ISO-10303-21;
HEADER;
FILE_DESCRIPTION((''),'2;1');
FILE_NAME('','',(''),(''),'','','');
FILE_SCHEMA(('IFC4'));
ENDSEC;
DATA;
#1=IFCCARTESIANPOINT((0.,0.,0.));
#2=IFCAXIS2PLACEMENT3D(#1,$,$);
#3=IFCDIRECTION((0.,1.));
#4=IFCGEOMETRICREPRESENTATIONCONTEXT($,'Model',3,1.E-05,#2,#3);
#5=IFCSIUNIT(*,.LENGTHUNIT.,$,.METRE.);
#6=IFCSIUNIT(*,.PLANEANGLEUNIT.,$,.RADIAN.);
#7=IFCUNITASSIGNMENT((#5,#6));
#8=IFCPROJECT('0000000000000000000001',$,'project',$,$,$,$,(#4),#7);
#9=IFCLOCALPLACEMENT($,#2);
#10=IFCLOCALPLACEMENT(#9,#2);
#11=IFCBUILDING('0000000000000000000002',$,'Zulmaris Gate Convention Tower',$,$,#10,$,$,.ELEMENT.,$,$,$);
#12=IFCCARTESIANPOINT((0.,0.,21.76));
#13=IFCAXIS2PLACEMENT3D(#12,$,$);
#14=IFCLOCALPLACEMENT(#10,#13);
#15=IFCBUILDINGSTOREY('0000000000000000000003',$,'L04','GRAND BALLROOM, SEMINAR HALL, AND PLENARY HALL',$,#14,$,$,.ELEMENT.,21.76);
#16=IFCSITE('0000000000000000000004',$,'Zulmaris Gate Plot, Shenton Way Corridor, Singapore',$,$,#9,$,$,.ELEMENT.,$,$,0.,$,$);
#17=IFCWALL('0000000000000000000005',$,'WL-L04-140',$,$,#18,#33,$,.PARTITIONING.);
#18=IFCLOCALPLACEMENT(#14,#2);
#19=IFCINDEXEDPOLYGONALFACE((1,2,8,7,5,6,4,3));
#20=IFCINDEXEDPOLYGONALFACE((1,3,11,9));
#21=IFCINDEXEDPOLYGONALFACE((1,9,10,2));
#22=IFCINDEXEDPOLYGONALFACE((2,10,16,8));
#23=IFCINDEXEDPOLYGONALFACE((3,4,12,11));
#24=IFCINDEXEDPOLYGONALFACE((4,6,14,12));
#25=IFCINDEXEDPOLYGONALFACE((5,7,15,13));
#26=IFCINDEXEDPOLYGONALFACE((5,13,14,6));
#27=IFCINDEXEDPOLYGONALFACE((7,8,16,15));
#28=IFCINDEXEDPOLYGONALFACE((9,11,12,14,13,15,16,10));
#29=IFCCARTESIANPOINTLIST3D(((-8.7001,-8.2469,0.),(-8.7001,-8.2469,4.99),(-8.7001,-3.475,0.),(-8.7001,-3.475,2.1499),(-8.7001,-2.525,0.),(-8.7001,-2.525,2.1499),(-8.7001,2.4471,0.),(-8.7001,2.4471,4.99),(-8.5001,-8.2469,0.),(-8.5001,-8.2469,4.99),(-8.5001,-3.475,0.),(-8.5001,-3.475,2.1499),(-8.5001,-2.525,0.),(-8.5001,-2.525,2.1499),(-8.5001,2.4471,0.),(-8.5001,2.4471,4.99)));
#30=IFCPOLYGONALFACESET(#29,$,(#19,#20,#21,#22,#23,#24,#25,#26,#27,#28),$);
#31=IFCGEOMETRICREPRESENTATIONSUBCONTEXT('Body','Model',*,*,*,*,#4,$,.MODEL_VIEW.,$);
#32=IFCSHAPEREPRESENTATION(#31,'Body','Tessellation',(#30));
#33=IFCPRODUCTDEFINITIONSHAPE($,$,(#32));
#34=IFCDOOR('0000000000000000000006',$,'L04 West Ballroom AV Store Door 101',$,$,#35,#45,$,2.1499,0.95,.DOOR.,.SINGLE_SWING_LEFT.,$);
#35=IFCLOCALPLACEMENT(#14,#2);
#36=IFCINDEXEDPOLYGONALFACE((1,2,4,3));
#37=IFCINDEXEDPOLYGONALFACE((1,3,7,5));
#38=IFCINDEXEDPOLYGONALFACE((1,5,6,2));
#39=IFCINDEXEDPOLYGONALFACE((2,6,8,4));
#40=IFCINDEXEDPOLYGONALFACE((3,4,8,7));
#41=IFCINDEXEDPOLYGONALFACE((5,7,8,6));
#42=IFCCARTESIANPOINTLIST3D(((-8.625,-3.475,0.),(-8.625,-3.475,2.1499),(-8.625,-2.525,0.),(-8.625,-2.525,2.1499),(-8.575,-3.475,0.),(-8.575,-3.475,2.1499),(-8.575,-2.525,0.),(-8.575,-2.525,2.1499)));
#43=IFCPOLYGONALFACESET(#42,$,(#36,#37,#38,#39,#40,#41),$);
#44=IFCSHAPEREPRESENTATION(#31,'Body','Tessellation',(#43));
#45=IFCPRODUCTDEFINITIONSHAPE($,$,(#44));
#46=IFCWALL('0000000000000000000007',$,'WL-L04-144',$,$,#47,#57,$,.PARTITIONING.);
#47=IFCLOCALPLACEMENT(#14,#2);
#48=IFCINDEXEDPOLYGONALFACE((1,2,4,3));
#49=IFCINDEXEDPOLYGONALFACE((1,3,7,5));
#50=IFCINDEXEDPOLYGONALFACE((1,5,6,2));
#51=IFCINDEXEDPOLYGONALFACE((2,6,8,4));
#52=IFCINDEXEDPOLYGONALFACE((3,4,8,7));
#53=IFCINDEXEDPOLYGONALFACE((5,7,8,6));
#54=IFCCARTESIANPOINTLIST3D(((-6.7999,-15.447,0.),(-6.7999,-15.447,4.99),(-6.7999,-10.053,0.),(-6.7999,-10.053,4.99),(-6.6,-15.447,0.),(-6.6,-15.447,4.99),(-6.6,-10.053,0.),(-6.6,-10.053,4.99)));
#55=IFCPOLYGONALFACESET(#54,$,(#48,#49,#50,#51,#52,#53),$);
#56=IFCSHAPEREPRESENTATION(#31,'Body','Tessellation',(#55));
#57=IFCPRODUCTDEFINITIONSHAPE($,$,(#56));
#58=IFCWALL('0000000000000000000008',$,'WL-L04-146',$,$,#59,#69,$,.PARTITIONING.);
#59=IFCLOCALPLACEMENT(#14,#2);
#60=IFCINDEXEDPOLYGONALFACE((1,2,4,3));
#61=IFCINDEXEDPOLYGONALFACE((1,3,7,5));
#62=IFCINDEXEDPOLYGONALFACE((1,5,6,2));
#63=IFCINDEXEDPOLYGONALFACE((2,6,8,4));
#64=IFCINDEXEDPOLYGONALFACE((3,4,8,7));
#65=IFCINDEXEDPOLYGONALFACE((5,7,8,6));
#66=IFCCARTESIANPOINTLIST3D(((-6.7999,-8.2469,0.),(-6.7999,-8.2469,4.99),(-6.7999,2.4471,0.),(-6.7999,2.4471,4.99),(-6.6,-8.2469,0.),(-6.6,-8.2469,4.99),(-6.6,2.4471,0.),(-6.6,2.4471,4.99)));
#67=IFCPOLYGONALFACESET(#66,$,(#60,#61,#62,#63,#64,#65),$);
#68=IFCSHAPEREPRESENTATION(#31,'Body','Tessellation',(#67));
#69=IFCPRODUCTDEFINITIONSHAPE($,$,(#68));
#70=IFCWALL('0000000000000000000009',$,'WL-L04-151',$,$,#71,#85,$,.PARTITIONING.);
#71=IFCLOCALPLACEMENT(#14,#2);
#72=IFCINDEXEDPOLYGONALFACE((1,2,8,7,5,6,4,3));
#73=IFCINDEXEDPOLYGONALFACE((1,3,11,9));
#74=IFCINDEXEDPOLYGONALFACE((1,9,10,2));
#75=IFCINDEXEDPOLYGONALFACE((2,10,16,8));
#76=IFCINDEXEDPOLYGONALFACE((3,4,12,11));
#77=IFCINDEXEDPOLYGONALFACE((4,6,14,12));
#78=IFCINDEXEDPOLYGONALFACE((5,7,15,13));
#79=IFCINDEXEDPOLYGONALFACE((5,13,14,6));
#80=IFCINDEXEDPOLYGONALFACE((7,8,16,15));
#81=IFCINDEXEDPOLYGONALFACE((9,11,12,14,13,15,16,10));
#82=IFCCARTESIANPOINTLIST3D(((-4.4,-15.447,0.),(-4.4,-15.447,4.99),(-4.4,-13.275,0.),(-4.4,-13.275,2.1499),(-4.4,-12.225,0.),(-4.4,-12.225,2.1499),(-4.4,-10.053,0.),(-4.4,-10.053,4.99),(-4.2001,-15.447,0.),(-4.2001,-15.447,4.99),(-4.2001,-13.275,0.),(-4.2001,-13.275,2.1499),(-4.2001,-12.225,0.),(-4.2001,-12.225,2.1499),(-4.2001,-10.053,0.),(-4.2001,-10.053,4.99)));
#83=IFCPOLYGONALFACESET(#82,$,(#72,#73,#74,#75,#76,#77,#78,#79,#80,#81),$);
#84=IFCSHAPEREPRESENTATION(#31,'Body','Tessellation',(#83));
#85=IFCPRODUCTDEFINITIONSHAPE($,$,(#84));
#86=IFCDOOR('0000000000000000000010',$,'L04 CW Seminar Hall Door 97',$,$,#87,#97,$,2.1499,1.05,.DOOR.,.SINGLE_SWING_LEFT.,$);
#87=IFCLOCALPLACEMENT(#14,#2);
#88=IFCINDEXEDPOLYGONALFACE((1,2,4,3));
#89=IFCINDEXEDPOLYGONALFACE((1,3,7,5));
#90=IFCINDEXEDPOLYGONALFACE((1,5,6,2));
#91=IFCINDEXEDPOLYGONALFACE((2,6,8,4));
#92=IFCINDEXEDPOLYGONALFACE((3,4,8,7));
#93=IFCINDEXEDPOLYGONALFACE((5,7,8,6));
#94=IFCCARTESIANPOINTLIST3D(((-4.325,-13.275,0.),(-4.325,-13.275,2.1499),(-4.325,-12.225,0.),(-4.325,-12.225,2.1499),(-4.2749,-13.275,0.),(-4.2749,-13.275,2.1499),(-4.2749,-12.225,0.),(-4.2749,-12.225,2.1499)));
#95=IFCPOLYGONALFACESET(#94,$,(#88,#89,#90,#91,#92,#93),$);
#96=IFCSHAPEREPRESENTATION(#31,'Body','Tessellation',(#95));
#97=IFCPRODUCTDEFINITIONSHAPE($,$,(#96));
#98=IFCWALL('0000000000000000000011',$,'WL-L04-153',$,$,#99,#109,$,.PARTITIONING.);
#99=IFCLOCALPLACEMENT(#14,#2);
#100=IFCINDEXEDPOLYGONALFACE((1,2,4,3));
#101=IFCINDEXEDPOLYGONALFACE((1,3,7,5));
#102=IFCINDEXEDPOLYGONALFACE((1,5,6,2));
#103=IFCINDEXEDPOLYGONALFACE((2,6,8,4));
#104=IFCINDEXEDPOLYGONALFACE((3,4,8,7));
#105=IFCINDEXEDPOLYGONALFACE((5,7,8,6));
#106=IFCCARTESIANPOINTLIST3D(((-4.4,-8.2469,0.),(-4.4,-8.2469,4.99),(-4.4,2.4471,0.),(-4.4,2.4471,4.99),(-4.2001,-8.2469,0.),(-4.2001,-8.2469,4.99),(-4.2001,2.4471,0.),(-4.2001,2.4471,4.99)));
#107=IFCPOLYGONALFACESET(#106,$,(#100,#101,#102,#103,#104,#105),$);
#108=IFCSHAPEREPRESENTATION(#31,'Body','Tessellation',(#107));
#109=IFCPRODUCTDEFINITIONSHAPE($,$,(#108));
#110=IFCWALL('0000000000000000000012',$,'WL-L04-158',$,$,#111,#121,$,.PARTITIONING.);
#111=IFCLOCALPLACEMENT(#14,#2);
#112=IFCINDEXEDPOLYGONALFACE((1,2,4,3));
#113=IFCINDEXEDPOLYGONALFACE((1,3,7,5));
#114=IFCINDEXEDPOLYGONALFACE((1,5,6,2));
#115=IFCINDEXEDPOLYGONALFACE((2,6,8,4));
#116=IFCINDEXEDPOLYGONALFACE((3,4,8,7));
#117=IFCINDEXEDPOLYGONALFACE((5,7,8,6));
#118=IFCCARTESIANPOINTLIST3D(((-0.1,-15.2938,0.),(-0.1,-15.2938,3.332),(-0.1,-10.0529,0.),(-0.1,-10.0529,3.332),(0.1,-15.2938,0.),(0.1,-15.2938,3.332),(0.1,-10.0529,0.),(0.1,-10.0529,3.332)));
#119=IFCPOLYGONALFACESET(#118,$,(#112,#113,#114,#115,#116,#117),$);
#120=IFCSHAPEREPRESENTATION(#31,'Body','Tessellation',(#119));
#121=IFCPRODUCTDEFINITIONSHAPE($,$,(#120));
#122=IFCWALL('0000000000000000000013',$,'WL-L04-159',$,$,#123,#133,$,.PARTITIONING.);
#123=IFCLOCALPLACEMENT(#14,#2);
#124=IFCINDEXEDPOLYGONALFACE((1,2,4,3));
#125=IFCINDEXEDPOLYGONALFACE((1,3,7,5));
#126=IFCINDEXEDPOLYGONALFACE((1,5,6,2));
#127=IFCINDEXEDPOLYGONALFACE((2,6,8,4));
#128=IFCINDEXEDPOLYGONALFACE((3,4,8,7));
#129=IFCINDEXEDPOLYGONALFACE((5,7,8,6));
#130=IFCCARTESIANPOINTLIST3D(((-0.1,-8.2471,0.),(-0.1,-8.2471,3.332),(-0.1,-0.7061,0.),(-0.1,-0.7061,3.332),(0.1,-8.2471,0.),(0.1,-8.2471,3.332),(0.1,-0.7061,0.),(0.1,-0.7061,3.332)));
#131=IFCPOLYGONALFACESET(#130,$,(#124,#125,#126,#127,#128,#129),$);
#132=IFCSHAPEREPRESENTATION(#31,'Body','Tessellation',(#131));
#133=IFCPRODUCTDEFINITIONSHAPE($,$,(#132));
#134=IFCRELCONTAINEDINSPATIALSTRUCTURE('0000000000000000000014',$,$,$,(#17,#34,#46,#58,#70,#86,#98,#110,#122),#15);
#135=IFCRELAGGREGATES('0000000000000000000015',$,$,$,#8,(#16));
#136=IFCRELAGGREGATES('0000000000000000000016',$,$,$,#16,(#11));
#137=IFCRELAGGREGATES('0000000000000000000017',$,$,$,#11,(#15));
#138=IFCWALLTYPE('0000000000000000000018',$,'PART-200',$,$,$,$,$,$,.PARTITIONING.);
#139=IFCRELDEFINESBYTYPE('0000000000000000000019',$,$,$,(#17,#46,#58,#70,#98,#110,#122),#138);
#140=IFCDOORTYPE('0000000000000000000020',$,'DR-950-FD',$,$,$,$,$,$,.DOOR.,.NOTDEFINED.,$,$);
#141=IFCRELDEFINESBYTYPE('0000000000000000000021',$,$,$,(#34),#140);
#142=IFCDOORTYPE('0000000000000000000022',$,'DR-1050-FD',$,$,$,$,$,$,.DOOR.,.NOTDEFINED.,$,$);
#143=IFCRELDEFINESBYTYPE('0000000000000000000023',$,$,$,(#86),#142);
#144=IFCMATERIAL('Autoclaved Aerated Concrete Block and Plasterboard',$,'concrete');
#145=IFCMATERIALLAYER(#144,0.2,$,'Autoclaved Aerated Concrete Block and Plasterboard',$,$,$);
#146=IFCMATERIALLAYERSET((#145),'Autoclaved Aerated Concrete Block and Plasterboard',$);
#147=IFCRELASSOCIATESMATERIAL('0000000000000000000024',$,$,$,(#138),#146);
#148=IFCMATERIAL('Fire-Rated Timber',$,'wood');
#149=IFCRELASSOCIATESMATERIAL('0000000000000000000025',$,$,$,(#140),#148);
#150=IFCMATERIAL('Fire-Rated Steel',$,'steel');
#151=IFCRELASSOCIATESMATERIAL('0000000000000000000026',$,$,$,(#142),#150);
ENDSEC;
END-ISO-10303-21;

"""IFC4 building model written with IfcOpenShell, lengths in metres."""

from ifc_helpers import new_model, si_unit, direction, frame, frame_2d, origin, place, context, subcontext, project, spatial, rectangle, extrude, material, layer, layer_set, type_object, element, fill, save


model = new_model("IFC4")

# Units and contexts
model_context = context("Model", 3, precision=1e-05, world=origin(), true_north=direction((0.0, 1.0)))
body_context = subcontext(model_context, "Body", "Model", "MODEL_VIEW")
ifc_project = project(units=[si_unit("LENGTHUNIT", "METRE"), si_unit("PLANEANGLEUNIT", "RADIAN")], contexts=[model_context])

# Site, building, storey
site_placement = place(None, origin())
site = spatial("IfcSite", under=ifc_project, at=site_placement, Name="Zulmaris Gate Plot, Shenton Way Corridor, Singapore", CompositionType="ELEMENT", RefElevation=0.0)
building_placement = place(site_placement, origin())
building = spatial("IfcBuilding", under=site, at=building_placement, Name="Zulmaris Gate Convention Tower", CompositionType="ELEMENT")
storey_placement = place(building_placement, frame((0.0, 0.0, 21.76)))
storey = spatial("IfcBuildingStorey", under=building, at=storey_placement, Name="L04", Description="GRAND BALLROOM, SEMINAR HALL, AND PLENARY HALL", CompositionType="ELEMENT", Elevation=21.76)

# Shared definitions
ifc_material_1 = material(Name="Autoclaved Aerated Concrete Block and Plasterboard", Category="concrete")
ifc_layer_1 = layer(ifc_material_1, 0.2, Name="Autoclaved Aerated Concrete Block and Plasterboard")
ifc_layer_set_1 = layer_set([ifc_layer_1], Name="Autoclaved Aerated Concrete Block and Plasterboard")
wall_type_1 = type_object("IfcWallType", Name="PART-200", PredefinedType="PARTITIONING", material=ifc_layer_set_1)
ifc_material_2 = material(Name="Fire-Rated Steel", Category="steel")

# Wall, opening, door
wall_1_placement = place(storey_placement, frame((-8.6001, -8.2471, 0.0), z_axis=(0.0, 0.0, 1.0), x_axis=(0.0, 1.0, 0.0)))
wall_1 = element("IfcWall", 1, at=wall_1_placement, inside=storey, type_object=wall_type_1, Name="WL-L04-140", PredefinedType="PARTITIONING", context=body_context, shape_type="SweptSolid", body=[
    extrude(rectangle(XDim=10.6941, YDim=0.2, at=frame_2d((5.3472, 0.0))), origin(), (0.0, 0.0, 1.0), 4.99),
])
opening_1_placement = place(wall_1_placement, frame((4.772, 0.0, 0.0)))
opening_1 = element("IfcOpeningElement", 2, at=opening_1_placement, cuts=wall_1, PredefinedType="OPENING", context=body_context, shape_type="SweptSolid", body=[
    extrude(rectangle(XDim=0.95, YDim=2.1499, at=frame_2d((0.4751, 1.075))), frame((0.0, 0.1099, 0.0), z_axis=(0.0, -1.0, 0.0), x_axis=(1.0, 0.0, 0.0)), (0.0, 0.0, 1.0), 0.22),
])
ifc_material_3 = material(Name="Fire-Rated Timber", Category="wood")
door_type_1 = type_object("IfcDoorType", Name="DR-950-FD", OperationType="NOTDEFINED", PredefinedType="DOOR", material=ifc_material_3)
door_1_placement = place(opening_1_placement, origin())
door_1 = element("IfcDoor", 3, at=door_1_placement, inside=storey, type_object=door_type_1, Name="L04 West Ballroom AV Store Door 101", OperationType="SINGLE_SWING_LEFT", OverallHeight=2.1499, OverallWidth=0.95, PredefinedType="DOOR", context=body_context, shape_type="SweptSolid", body=[
    extrude(rectangle(XDim=0.95, YDim=2.1499, at=frame_2d((0.4751, 1.075))), frame((0.0, 0.0249, 0.0), z_axis=(0.0, -1.0, 0.0), x_axis=(1.0, 0.0, 0.0)), (0.0, 0.0, 1.0), 0.05),
])
fill(opening_1, door_1)

# Wall
wall_2_placement = place(storey_placement, frame((-6.7, -15.447, 0.0), z_axis=(0.0, 0.0, 1.0), x_axis=(0.0, 1.0, 0.0)))
element("IfcWall", 4, at=wall_2_placement, inside=storey, type_object=wall_type_1, Name="WL-L04-144", PredefinedType="PARTITIONING", context=body_context, shape_type="SweptSolid", body=[
    extrude(rectangle(XDim=5.394, YDim=0.2, at=frame_2d((2.697, 0.0))), origin(), (0.0, 0.0, 1.0), 4.99),
])

# Wall
wall_3_placement = place(storey_placement, frame((-6.7, -8.2471, 0.0), z_axis=(0.0, 0.0, 1.0), x_axis=(0.0, 1.0, 0.0)))
element("IfcWall", 5, at=wall_3_placement, inside=storey, type_object=wall_type_1, Name="WL-L04-146", PredefinedType="PARTITIONING", context=body_context, shape_type="SweptSolid", body=[
    extrude(rectangle(XDim=10.6941, YDim=0.2, at=frame_2d((5.3472, 0.0))), origin(), (0.0, 0.0, 1.0), 4.99),
])

# Wall, opening, door
wall_4_placement = place(storey_placement, frame((-4.3, -15.447, 0.0), z_axis=(0.0, 0.0, 1.0), x_axis=(0.0, 1.0, 0.0)))
wall_4 = element("IfcWall", 6, at=wall_4_placement, inside=storey, type_object=wall_type_1, Name="WL-L04-151", PredefinedType="PARTITIONING", context=body_context, shape_type="SweptSolid", body=[
    extrude(rectangle(XDim=5.394, YDim=0.2, at=frame_2d((2.697, 0.0))), origin(), (0.0, 0.0, 1.0), 4.99),
])
opening_2_placement = place(wall_4_placement, frame((2.1721, 0.0, 0.0)))
opening_2 = element("IfcOpeningElement", 7, at=opening_2_placement, cuts=wall_4, PredefinedType="OPENING", context=body_context, shape_type="SweptSolid", body=[
    extrude(rectangle(XDim=1.05, YDim=2.1499, at=frame_2d((0.5249, 1.075))), frame((0.0, 0.1099, 0.0), z_axis=(0.0, -1.0, 0.0), x_axis=(1.0, 0.0, 0.0)), (0.0, 0.0, 1.0), 0.22),
])
door_type_2 = type_object("IfcDoorType", Name="DR-1050-FD", OperationType="NOTDEFINED", PredefinedType="DOOR", material=ifc_material_2)
door_2_placement = place(opening_2_placement, origin())
door_2 = element("IfcDoor", 8, at=door_2_placement, inside=storey, type_object=door_type_2, Name="L04 CW Seminar Hall Door 97", OperationType="SINGLE_SWING_LEFT", OverallHeight=2.1499, OverallWidth=1.05, PredefinedType="DOOR", context=body_context, shape_type="SweptSolid", body=[
    extrude(rectangle(XDim=1.05, YDim=2.1499, at=frame_2d((0.5249, 1.075))), frame((0.0, 0.0249, 0.0), z_axis=(0.0, -1.0, 0.0), x_axis=(1.0, 0.0, 0.0)), (0.0, 0.0, 1.0), 0.05),
])
fill(opening_2, door_2)

# Walls
wall_5_placement = place(storey_placement, frame((-4.3, -8.2471, 0.0), z_axis=(0.0, 0.0, 1.0), x_axis=(0.0, 1.0, 0.0)))
element("IfcWall", 9, at=wall_5_placement, inside=storey, type_object=wall_type_1, Name="WL-L04-153", PredefinedType="PARTITIONING", context=body_context, shape_type="SweptSolid", body=[
    extrude(rectangle(XDim=10.6941, YDim=0.2, at=frame_2d((5.3472, 0.0))), origin(), (0.0, 0.0, 1.0), 4.99),
])
wall_6_placement = place(storey_placement, frame((0.0, -15.2939, 0.0), z_axis=(0.0, 0.0, 1.0), x_axis=(0.0, 1.0, 0.0)))
element("IfcWall", 10, at=wall_6_placement, inside=storey, type_object=wall_type_1, Name="WL-L04-158", PredefinedType="PARTITIONING", context=body_context, shape_type="SweptSolid", body=[
    extrude(rectangle(XDim=5.241, YDim=0.2, at=frame_2d((2.6206, 0.0))), origin(), (0.0, 0.0, 1.0), 3.332),
])
wall_7_placement = place(storey_placement, frame((0.0, -8.2471, 0.0), z_axis=(0.0, 0.0, 1.0), x_axis=(0.0, 1.0, 0.0)))
element("IfcWall", 11, at=wall_7_placement, inside=storey, type_object=wall_type_1, Name="WL-L04-159", PredefinedType="PARTITIONING", context=body_context, shape_type="SweptSolid", body=[
    extrude(rectangle(XDim=7.541, YDim=0.2, at=frame_2d((3.7705, 0.0))), origin(), (0.0, 0.0, 1.0), 3.332),
])

save(model, "model.ifc")
